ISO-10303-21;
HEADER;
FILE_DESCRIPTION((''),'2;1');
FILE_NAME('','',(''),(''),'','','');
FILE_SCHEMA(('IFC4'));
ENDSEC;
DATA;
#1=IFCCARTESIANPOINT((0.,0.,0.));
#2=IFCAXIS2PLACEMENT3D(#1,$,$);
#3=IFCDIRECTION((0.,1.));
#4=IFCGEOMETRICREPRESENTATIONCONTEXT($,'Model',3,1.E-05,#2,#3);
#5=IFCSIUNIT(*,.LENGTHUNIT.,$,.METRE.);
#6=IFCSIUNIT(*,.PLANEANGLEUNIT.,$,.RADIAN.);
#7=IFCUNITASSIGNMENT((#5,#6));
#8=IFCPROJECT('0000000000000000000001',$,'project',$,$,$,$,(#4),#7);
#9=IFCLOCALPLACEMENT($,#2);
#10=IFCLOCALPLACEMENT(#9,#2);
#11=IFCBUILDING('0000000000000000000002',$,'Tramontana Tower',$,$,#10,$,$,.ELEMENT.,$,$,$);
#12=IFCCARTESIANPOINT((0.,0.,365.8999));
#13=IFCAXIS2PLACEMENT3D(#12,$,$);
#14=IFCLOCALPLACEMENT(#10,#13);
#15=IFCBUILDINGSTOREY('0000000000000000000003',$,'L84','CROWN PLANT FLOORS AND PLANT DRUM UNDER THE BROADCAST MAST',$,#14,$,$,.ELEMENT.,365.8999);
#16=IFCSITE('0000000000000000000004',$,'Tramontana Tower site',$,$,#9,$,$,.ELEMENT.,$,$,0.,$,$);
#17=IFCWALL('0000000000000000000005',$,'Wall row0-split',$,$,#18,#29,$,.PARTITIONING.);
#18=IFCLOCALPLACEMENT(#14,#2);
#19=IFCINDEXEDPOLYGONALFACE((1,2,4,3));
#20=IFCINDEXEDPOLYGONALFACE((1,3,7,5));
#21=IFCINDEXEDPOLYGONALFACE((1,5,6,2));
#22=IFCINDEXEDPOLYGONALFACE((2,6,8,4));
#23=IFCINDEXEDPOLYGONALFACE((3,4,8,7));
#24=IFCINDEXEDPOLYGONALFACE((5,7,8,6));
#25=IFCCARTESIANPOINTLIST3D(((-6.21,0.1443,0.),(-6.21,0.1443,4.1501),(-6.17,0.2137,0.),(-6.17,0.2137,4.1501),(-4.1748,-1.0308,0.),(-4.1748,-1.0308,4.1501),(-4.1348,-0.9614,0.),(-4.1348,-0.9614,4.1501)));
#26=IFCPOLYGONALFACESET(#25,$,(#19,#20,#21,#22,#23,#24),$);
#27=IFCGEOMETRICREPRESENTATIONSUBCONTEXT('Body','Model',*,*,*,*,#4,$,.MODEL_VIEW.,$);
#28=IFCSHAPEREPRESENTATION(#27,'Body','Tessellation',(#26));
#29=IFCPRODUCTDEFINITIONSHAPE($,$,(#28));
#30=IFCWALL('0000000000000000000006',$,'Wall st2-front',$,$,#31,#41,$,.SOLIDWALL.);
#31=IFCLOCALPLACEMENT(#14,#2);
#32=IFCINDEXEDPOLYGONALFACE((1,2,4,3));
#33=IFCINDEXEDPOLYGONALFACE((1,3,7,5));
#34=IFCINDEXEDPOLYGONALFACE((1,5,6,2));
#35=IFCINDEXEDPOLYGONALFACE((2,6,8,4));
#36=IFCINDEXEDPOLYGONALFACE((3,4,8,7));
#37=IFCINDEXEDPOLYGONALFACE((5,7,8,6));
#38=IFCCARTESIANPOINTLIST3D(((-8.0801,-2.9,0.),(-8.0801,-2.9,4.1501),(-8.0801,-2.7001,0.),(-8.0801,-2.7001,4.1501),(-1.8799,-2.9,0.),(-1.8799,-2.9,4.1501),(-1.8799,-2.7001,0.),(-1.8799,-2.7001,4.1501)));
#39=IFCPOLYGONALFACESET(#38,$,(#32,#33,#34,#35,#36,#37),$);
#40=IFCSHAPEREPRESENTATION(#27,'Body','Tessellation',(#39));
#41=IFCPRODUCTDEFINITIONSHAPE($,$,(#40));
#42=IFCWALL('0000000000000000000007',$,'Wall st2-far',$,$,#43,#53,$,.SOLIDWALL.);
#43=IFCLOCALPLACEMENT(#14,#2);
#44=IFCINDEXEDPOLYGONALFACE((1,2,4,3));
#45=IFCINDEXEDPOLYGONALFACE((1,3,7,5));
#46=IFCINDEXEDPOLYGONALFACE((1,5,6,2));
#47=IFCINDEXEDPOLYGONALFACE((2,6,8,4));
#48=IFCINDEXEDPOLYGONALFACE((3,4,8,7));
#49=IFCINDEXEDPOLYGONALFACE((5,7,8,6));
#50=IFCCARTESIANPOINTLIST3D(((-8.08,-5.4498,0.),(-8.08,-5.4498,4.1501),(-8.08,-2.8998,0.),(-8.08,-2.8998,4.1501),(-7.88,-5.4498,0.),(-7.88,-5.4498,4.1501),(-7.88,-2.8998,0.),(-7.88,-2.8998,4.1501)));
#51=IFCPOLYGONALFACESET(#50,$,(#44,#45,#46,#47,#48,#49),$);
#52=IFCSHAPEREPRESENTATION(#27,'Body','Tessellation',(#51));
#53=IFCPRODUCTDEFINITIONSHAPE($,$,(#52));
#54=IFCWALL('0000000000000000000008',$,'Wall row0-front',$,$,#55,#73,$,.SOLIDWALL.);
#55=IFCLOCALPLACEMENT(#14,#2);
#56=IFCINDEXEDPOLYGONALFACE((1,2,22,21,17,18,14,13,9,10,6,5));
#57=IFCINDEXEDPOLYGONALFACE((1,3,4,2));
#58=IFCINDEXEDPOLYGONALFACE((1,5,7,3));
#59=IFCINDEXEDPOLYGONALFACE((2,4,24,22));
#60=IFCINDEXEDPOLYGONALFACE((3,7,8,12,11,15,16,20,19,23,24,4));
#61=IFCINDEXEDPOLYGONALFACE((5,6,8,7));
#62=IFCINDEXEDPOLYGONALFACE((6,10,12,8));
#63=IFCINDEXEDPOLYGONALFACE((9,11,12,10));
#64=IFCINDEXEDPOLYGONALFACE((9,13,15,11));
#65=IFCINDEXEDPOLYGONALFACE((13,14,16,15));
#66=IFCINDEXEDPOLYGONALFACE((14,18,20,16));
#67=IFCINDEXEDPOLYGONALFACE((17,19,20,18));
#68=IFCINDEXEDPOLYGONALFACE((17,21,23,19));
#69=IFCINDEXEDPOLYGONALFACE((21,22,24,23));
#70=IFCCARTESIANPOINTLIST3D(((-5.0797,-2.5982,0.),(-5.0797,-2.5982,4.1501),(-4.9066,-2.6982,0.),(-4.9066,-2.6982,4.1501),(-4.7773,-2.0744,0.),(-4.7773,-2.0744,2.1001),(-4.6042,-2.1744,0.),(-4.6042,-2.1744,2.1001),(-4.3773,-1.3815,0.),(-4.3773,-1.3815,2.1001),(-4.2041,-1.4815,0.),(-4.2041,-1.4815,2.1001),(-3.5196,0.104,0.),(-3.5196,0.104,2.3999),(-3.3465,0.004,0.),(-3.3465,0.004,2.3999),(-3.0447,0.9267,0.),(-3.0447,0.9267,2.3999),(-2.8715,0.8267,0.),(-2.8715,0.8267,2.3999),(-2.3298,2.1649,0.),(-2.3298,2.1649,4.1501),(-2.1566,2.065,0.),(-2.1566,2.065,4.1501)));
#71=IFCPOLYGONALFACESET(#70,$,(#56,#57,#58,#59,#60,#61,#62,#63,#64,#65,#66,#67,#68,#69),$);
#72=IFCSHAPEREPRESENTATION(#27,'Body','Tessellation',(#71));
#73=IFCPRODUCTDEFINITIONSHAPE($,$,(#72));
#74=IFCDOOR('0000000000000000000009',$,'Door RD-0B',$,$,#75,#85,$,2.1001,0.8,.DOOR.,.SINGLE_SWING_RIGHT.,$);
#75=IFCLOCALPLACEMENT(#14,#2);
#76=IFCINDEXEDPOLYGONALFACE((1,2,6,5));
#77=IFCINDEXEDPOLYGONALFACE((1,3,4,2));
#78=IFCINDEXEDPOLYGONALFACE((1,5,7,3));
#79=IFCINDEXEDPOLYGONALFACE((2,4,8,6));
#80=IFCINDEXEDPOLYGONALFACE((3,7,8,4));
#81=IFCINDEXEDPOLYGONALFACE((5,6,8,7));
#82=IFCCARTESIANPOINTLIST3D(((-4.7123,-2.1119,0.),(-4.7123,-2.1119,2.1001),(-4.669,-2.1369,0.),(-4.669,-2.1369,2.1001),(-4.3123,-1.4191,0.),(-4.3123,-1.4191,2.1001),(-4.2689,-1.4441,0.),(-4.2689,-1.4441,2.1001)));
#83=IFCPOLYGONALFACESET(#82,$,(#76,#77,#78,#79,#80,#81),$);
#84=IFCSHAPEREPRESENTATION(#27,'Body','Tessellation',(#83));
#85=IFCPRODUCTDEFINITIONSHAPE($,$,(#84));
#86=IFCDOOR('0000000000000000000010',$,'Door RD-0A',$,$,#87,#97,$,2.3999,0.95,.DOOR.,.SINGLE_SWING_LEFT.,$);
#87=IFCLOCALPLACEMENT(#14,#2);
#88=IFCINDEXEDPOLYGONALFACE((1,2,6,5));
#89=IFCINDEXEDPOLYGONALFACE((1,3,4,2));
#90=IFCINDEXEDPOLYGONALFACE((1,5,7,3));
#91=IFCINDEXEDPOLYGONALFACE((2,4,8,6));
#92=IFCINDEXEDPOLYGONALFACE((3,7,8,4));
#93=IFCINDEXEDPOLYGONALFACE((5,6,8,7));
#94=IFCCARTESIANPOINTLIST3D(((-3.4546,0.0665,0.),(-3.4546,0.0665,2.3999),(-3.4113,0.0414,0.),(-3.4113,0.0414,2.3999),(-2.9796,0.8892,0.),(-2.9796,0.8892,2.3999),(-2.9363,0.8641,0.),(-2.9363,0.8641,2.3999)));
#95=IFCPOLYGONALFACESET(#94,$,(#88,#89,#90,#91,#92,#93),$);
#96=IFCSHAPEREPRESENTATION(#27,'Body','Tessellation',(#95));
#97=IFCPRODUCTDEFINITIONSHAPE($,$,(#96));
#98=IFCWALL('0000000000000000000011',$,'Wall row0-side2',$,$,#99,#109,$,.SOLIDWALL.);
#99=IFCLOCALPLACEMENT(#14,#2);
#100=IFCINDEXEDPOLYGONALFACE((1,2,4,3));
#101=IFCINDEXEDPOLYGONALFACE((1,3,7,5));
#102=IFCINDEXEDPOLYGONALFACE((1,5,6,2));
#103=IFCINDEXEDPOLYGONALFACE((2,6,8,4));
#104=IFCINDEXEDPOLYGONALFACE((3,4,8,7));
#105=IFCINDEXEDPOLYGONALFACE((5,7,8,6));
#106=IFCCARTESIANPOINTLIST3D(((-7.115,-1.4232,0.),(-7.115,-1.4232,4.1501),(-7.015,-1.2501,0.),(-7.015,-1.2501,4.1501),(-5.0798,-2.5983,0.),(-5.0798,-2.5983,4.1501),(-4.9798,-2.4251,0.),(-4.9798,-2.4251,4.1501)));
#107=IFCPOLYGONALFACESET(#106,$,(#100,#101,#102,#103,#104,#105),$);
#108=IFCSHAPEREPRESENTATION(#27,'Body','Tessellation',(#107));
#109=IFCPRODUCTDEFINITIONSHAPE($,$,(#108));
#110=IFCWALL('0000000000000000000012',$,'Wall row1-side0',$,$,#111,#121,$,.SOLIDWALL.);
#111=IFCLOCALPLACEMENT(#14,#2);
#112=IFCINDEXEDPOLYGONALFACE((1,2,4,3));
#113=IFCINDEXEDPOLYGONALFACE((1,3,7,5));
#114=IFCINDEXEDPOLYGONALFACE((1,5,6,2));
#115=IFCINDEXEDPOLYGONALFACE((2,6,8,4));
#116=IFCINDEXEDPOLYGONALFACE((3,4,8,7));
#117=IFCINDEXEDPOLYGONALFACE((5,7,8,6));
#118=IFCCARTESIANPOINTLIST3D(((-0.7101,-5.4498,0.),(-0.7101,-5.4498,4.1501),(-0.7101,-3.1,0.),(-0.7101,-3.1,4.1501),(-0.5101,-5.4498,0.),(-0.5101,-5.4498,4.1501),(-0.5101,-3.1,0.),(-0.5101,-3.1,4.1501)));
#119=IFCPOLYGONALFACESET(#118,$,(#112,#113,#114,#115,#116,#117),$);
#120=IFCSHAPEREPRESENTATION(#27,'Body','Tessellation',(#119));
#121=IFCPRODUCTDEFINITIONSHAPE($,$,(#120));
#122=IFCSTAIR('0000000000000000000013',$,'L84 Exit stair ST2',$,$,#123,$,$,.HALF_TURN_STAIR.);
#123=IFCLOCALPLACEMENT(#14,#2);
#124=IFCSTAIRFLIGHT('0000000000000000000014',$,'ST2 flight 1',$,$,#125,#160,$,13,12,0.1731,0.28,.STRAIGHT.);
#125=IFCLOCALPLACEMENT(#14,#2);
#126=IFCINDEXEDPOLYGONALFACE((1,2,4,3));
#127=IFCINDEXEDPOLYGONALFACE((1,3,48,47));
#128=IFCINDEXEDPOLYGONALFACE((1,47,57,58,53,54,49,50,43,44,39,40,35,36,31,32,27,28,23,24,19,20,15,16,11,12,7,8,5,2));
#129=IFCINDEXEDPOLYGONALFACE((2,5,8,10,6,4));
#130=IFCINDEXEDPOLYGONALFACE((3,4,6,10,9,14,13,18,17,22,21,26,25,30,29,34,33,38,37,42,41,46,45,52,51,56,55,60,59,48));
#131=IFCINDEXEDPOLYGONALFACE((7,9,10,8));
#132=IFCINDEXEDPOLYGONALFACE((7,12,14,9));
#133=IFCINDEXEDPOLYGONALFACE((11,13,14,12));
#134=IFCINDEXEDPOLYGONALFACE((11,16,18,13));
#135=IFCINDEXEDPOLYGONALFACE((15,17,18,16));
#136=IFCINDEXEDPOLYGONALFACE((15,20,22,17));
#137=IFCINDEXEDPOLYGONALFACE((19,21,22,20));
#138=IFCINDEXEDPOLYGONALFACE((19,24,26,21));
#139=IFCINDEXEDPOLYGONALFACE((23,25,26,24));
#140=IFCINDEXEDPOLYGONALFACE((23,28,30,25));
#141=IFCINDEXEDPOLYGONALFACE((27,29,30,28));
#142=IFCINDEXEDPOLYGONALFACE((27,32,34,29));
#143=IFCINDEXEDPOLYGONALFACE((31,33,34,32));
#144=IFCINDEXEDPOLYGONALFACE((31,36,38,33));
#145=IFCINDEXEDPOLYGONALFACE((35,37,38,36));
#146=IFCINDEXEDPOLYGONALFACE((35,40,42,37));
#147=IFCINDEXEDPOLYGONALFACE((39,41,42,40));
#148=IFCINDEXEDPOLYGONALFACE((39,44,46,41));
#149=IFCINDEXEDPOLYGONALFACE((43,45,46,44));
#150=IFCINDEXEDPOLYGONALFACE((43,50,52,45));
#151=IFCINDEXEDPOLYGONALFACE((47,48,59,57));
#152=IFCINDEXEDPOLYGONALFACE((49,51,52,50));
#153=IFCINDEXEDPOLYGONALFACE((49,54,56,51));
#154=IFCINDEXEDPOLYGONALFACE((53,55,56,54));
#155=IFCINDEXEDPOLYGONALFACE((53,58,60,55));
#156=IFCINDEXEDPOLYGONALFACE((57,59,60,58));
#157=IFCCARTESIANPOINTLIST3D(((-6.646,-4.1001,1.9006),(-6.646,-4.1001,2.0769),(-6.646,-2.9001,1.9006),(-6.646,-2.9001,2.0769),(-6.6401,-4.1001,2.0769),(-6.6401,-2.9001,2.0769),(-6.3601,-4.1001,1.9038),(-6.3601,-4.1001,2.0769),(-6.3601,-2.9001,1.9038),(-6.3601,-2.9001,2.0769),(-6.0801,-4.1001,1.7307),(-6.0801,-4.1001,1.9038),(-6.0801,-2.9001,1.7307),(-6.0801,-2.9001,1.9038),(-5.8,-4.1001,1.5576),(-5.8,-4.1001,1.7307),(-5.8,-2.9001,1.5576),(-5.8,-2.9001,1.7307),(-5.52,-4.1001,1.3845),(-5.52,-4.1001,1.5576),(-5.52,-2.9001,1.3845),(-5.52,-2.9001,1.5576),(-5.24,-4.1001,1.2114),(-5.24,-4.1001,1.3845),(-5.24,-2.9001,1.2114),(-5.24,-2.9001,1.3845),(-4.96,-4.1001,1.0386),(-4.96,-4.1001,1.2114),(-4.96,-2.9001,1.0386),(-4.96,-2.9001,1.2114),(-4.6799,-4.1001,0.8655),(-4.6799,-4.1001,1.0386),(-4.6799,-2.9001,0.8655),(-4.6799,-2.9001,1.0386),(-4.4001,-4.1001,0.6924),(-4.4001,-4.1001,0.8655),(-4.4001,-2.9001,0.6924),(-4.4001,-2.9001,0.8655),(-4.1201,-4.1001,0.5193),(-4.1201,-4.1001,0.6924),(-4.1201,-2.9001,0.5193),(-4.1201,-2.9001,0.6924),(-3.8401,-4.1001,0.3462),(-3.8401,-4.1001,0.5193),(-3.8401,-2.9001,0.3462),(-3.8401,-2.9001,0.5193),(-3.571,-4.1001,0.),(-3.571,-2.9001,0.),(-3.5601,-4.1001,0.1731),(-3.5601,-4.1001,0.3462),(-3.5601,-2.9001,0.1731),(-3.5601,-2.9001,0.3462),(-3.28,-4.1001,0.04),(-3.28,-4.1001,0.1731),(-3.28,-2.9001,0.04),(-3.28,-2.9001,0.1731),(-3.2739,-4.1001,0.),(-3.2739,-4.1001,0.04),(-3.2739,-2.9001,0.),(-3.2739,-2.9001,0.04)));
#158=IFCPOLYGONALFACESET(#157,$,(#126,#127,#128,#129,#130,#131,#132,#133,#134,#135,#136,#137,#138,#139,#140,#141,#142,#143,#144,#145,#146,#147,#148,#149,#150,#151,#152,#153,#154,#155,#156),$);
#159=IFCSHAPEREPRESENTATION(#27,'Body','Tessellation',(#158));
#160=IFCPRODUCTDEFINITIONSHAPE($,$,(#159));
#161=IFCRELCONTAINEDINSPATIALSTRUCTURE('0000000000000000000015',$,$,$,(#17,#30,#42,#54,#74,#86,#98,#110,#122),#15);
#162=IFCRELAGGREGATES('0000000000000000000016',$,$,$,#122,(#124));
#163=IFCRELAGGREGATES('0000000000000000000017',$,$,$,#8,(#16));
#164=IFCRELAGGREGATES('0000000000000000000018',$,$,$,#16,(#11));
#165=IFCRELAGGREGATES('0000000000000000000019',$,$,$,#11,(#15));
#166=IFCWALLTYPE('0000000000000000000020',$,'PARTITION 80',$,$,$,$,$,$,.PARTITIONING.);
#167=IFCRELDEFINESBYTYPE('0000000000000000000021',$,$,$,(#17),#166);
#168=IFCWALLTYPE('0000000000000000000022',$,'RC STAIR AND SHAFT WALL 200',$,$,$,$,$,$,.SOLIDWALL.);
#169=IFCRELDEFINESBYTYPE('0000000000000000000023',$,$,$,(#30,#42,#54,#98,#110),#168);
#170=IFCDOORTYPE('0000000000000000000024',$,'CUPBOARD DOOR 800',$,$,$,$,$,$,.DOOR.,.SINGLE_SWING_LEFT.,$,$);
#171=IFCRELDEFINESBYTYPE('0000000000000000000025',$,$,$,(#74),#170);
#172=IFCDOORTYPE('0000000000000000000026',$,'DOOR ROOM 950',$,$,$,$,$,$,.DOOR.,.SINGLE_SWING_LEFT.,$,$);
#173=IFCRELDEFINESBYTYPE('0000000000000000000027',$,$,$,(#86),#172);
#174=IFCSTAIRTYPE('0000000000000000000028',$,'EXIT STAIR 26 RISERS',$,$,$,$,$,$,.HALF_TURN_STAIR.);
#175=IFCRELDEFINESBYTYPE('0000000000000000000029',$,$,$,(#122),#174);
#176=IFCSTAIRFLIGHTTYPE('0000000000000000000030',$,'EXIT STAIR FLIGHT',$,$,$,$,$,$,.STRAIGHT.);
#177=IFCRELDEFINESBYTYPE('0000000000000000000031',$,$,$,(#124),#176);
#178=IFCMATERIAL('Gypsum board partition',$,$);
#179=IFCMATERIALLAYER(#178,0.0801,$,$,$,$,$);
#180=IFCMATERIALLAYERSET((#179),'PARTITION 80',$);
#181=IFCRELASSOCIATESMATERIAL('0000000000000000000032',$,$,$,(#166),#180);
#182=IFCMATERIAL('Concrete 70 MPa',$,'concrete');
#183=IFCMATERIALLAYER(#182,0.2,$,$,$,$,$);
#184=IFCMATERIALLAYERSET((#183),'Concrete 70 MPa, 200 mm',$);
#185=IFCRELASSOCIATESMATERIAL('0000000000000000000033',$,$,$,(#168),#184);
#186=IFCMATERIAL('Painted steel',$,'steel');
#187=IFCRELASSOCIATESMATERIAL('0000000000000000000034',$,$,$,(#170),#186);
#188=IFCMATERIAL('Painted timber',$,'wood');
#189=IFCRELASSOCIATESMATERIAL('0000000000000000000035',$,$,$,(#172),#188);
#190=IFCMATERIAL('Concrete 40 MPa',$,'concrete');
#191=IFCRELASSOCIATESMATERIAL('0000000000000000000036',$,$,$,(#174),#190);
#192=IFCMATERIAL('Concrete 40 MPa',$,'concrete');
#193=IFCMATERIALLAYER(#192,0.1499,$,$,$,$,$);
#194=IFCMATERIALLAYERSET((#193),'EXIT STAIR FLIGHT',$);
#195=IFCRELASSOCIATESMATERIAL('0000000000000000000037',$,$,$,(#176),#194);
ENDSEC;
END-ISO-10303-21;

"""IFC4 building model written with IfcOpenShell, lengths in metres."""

from ifc_helpers import new_model, si_unit, direction, frame, frame_2d, origin, place, context, subcontext, project, spatial, polyline, rectangle, outline, extrude, material, layer, layer_set, type_object, element, fill, aggregate, save


model = new_model("IFC4")

# Units and contexts
model_context = context("Model", 3, precision=1e-05, world=origin(), true_north=direction((0.0, 1.0)))
body_context = subcontext(model_context, "Body", "Model", "MODEL_VIEW")
ifc_project = project(units=[si_unit("LENGTHUNIT", "METRE"), si_unit("PLANEANGLEUNIT", "RADIAN")], contexts=[model_context])

# Site, building, storey
site_placement = place(None, origin())
site = spatial("IfcSite", under=ifc_project, at=site_placement, Name="Tramontana Tower site", CompositionType="ELEMENT", RefElevation=0.0)
building_placement = place(site_placement, origin())
building = spatial("IfcBuilding", under=site, at=building_placement, Name="Tramontana Tower", CompositionType="ELEMENT")
storey_placement = place(building_placement, frame((0.0, 0.0, 365.8999)))
storey = spatial("IfcBuildingStorey", under=building, at=storey_placement, Name="L84", Description="CROWN PLANT FLOORS AND PLANT DRUM UNDER THE BROADCAST MAST", CompositionType="ELEMENT", Elevation=365.8999)

# Walls
ifc_material_1 = material(Name="Gypsum board partition")
ifc_layer_1 = layer(ifc_material_1, 0.0801)
ifc_layer_set_1 = layer_set([ifc_layer_1], Name="PARTITION 80")
wall_type_1 = type_object("IfcWallType", Name="PARTITION 80", PredefinedType="PARTITIONING", material=ifc_layer_set_1)
wall_1_placement = place(storey_placement, frame((-4.1548, -0.9961, 0.0), z_axis=(0.0, 0.0, 1.0), x_axis=(-0.866016, 0.500016, 0.0)))
element("IfcWall", 1, at=wall_1_placement, inside=storey, type_object=wall_type_1, Name="Wall row0-split", PredefinedType="PARTITIONING", context=body_context, shape_type="SweptSolid", body=[
    extrude(rectangle(XDim=2.3501, YDim=0.0801, at=frame_2d((1.175, 0.0))), origin(), (0.0, 0.0, 1.0), 4.1501),
])
ifc_material_2 = material(Name="Concrete 70 MPa", Category="concrete")
ifc_layer_2 = layer(ifc_material_2, 0.2)
ifc_layer_set_2 = layer_set([ifc_layer_2], Name="Concrete 70 MPa, 200 mm")
wall_type_2 = type_object("IfcWallType", Name="RC STAIR AND SHAFT WALL 200", PredefinedType="SOLIDWALL", material=ifc_layer_set_2)
wall_2_placement = place(storey_placement, frame((-8.0801, -2.8, 0.0), z_axis=(0.0, 0.0, 1.0), x_axis=(1.0, 0.0, 0.0)))
element("IfcWall", 2, at=wall_2_placement, inside=storey, type_object=wall_type_2, Name="Wall st2-front", PredefinedType="SOLIDWALL", context=body_context, shape_type="SweptSolid", body=[
    extrude(rectangle(XDim=6.2002, YDim=0.2, at=frame_2d((3.1001, 0.0))), origin(), (0.0, 0.0, 1.0), 4.1501),
])
wall_3_placement = place(storey_placement, frame((-7.98, -2.8999, 0.0), z_axis=(0.0, 0.0, 1.0), x_axis=(0.0, -1.0, 0.0)))
element("IfcWall", 3, at=wall_3_placement, inside=storey, type_object=wall_type_2, Name="Wall st2-far", PredefinedType="SOLIDWALL", context=body_context, shape_type="SweptSolid", body=[
    extrude(rectangle(XDim=2.55, YDim=0.2, at=frame_2d((1.2749, 0.0))), origin(), (0.0, 0.0, 1.0), 4.1501),
])

# Wall, openings, doors
wall_4_placement = place(storey_placement, frame((-4.9932, -2.6482, 0.0), z_axis=(0.0, 0.0, 1.0), x_axis=(0.499997, 0.866027, 0.0)))
wall_4 = element("IfcWall", 4, at=wall_4_placement, inside=storey, type_object=wall_type_2, Name="Wall row0-front", PredefinedType="SOLIDWALL", context=body_context, shape_type="SweptSolid", body=[
    extrude(rectangle(XDim=5.5, YDim=0.2, at=frame_2d((2.75, 0.0))), origin(), (0.0, 0.0, 1.0), 4.1501),
])
opening_1_placement = place(wall_4_placement, frame((3.1201, 0.0, 0.0)))
opening_1 = element("IfcOpeningElement", 5, at=opening_1_placement, cuts=wall_4, PredefinedType="OPENING", context=body_context, shape_type="SweptSolid", body=[
    extrude(rectangle(XDim=0.95, YDim=2.3999, at=frame_2d((0.4751, 1.2))), frame((0.0, 0.1099, 0.0), z_axis=(0.0, -1.0, 0.0), x_axis=(1.0, 0.0, 0.0)), (0.0, 0.0, 1.0), 0.22),
])
opening_2_placement = place(wall_4_placement, frame((0.605, 0.0, 0.0)))
opening_2 = element("IfcOpeningElement", 6, at=opening_2_placement, cuts=wall_4, PredefinedType="OPENING", context=body_context, shape_type="SweptSolid", body=[
    extrude(rectangle(XDim=0.8, YDim=2.1001, at=frame_2d((0.3999, 1.05))), frame((0.0, 0.1099, 0.0), z_axis=(0.0, -1.0, 0.0), x_axis=(1.0, 0.0, 0.0)), (0.0, 0.0, 1.0), 0.22),
])
ifc_material_3 = material(Name="Painted steel", Category="steel")
door_type_1 = type_object("IfcDoorType", Name="CUPBOARD DOOR 800", OperationType="SINGLE_SWING_LEFT", PredefinedType="DOOR", material=ifc_material_3)
door_1_placement = place(opening_2_placement, origin())
door_1 = element("IfcDoor", 7, at=door_1_placement, inside=storey, type_object=door_type_1, Name="Door RD-0B", OperationType="SINGLE_SWING_RIGHT", OverallHeight=2.1001, OverallWidth=0.8, PredefinedType="DOOR", context=body_context, shape_type="SweptSolid", body=[
    extrude(rectangle(XDim=0.8, YDim=2.1001, at=frame_2d((0.3999, 1.05))), frame((0.0, 0.0249, 0.0), z_axis=(0.0, -1.0, 0.0), x_axis=(1.0, 0.0, 0.0)), (0.0, 0.0, 1.0), 0.05),
])
fill(opening_2, door_1)
ifc_material_4 = material(Name="Painted timber", Category="wood")
door_type_2 = type_object("IfcDoorType", Name="DOOR ROOM 950", OperationType="SINGLE_SWING_LEFT", PredefinedType="DOOR", material=ifc_material_4)
door_2_placement = place(opening_1_placement, origin())
door_2 = element("IfcDoor", 8, at=door_2_placement, inside=storey, type_object=door_type_2, Name="Door RD-0A", OperationType="SINGLE_SWING_LEFT", OverallHeight=2.3999, OverallWidth=0.95, PredefinedType="DOOR", context=body_context, shape_type="SweptSolid", body=[
    extrude(rectangle(XDim=0.95, YDim=2.3999, at=frame_2d((0.4751, 1.2))), frame((0.0, 0.0249, 0.0), z_axis=(0.0, -1.0, 0.0), x_axis=(1.0, 0.0, 0.0)), (0.0, 0.0, 1.0), 0.05),
])
fill(opening_1, door_2)

# Walls
wall_5_placement = place(storey_placement, frame((-5.0298, -2.5117, 0.0), z_axis=(0.0, 0.0, 1.0), x_axis=(-0.866016, 0.500016, 0.0)))
element("IfcWall", 9, at=wall_5_placement, inside=storey, type_object=wall_type_2, Name="Wall row0-side2", PredefinedType="SOLIDWALL", context=body_context, shape_type="SweptSolid", body=[
    extrude(rectangle(XDim=2.3501, YDim=0.2, at=frame_2d((1.175, 0.0))), origin(), (0.0, 0.0, 1.0), 4.1501),
])
wall_6_placement = place(storey_placement, frame((-0.6101, -3.1001, 0.0), z_axis=(0.0, 0.0, 1.0), x_axis=(0.0, -1.0, 0.0)))
element("IfcWall", 10, at=wall_6_placement, inside=storey, type_object=wall_type_2, Name="Wall row1-side0", PredefinedType="SOLIDWALL", context=body_context, shape_type="SweptSolid", body=[
    extrude(rectangle(XDim=2.3499, YDim=0.2, at=frame_2d((1.1748, 0.0))), origin(), (0.0, 0.0, 1.0), 4.1501),
])

# Stair, stair flight
ifc_material_5 = material(Name="Concrete 40 MPa", Category="concrete")
stair_type = type_object("IfcStairType", Name="EXIT STAIR 26 RISERS", PredefinedType="HALF_TURN_STAIR", material=ifc_material_5)
stair_placement = place(storey_placement, origin())
stair = element("IfcStair", 11, at=stair_placement, inside=storey, type_object=stair_type, Name="L84 Exit stair ST2", PredefinedType="HALF_TURN_STAIR")
ifc_material_6 = material(Name="Concrete 40 MPa", Category="concrete")
ifc_layer_3 = layer(ifc_material_6, 0.1499)
ifc_layer_set_3 = layer_set([ifc_layer_3], Name="EXIT STAIR FLIGHT")
stair_flight_type = type_object("IfcStairFlightType", Name="EXIT STAIR FLIGHT", PredefinedType="STRAIGHT", material=ifc_layer_set_3)
stair_flight_placement = place(storey_placement, frame((-3.28, -3.5, 0.0), z_axis=(0.0, 0.0, 1.0), x_axis=(-1.0, 0.0, 0.0)))
stair_flight = element("IfcStairFlight", 12, at=stair_flight_placement, type_object=stair_flight_type, Name="ST2 flight 1", NumberOfRisers=13, NumberOfTreads=12, PredefinedType="STRAIGHT", RiserHeight=0.1731, TreadLength=0.28, context=body_context, shape_type="SweptSolid", body=[
    extrude(outline(polyline([(-0.0061, 0.0), (-0.0061, 0.04), (0.0, 0.04), (0.0, 0.1731), (0.28, 0.1731), (0.28, 0.3462), (0.5601, 0.3462), (0.5601, 0.5193), (0.8401, 0.5193), (0.8401, 0.6924), (1.1201, 0.6924), (1.1201, 0.8655), (1.3999, 0.8655), (1.3999, 1.0386), (1.6799, 1.0386), (1.6799, 1.2114), (1.96, 1.2114), (1.96, 1.3845), (2.24, 1.3845), (2.24, 1.5576), (2.52, 1.5576), (2.52, 1.7307), (2.8, 1.7307), (2.8, 1.9038), (3.0801, 1.9038), (3.0801, 2.0769), (3.3601, 2.0769), (3.366, 2.0769), (3.366, 1.9006), (0.291, 0.0), (-0.0061, 0.0)])), frame((0.0, 0.6001, 0.0), z_axis=(0.0, -1.0, 0.0), x_axis=(1.0, 0.0, 0.0)), (0.0, 0.0, 1.0), 1.2),
])
aggregate(stair, [stair_flight])

save(model, "model.ifc")
